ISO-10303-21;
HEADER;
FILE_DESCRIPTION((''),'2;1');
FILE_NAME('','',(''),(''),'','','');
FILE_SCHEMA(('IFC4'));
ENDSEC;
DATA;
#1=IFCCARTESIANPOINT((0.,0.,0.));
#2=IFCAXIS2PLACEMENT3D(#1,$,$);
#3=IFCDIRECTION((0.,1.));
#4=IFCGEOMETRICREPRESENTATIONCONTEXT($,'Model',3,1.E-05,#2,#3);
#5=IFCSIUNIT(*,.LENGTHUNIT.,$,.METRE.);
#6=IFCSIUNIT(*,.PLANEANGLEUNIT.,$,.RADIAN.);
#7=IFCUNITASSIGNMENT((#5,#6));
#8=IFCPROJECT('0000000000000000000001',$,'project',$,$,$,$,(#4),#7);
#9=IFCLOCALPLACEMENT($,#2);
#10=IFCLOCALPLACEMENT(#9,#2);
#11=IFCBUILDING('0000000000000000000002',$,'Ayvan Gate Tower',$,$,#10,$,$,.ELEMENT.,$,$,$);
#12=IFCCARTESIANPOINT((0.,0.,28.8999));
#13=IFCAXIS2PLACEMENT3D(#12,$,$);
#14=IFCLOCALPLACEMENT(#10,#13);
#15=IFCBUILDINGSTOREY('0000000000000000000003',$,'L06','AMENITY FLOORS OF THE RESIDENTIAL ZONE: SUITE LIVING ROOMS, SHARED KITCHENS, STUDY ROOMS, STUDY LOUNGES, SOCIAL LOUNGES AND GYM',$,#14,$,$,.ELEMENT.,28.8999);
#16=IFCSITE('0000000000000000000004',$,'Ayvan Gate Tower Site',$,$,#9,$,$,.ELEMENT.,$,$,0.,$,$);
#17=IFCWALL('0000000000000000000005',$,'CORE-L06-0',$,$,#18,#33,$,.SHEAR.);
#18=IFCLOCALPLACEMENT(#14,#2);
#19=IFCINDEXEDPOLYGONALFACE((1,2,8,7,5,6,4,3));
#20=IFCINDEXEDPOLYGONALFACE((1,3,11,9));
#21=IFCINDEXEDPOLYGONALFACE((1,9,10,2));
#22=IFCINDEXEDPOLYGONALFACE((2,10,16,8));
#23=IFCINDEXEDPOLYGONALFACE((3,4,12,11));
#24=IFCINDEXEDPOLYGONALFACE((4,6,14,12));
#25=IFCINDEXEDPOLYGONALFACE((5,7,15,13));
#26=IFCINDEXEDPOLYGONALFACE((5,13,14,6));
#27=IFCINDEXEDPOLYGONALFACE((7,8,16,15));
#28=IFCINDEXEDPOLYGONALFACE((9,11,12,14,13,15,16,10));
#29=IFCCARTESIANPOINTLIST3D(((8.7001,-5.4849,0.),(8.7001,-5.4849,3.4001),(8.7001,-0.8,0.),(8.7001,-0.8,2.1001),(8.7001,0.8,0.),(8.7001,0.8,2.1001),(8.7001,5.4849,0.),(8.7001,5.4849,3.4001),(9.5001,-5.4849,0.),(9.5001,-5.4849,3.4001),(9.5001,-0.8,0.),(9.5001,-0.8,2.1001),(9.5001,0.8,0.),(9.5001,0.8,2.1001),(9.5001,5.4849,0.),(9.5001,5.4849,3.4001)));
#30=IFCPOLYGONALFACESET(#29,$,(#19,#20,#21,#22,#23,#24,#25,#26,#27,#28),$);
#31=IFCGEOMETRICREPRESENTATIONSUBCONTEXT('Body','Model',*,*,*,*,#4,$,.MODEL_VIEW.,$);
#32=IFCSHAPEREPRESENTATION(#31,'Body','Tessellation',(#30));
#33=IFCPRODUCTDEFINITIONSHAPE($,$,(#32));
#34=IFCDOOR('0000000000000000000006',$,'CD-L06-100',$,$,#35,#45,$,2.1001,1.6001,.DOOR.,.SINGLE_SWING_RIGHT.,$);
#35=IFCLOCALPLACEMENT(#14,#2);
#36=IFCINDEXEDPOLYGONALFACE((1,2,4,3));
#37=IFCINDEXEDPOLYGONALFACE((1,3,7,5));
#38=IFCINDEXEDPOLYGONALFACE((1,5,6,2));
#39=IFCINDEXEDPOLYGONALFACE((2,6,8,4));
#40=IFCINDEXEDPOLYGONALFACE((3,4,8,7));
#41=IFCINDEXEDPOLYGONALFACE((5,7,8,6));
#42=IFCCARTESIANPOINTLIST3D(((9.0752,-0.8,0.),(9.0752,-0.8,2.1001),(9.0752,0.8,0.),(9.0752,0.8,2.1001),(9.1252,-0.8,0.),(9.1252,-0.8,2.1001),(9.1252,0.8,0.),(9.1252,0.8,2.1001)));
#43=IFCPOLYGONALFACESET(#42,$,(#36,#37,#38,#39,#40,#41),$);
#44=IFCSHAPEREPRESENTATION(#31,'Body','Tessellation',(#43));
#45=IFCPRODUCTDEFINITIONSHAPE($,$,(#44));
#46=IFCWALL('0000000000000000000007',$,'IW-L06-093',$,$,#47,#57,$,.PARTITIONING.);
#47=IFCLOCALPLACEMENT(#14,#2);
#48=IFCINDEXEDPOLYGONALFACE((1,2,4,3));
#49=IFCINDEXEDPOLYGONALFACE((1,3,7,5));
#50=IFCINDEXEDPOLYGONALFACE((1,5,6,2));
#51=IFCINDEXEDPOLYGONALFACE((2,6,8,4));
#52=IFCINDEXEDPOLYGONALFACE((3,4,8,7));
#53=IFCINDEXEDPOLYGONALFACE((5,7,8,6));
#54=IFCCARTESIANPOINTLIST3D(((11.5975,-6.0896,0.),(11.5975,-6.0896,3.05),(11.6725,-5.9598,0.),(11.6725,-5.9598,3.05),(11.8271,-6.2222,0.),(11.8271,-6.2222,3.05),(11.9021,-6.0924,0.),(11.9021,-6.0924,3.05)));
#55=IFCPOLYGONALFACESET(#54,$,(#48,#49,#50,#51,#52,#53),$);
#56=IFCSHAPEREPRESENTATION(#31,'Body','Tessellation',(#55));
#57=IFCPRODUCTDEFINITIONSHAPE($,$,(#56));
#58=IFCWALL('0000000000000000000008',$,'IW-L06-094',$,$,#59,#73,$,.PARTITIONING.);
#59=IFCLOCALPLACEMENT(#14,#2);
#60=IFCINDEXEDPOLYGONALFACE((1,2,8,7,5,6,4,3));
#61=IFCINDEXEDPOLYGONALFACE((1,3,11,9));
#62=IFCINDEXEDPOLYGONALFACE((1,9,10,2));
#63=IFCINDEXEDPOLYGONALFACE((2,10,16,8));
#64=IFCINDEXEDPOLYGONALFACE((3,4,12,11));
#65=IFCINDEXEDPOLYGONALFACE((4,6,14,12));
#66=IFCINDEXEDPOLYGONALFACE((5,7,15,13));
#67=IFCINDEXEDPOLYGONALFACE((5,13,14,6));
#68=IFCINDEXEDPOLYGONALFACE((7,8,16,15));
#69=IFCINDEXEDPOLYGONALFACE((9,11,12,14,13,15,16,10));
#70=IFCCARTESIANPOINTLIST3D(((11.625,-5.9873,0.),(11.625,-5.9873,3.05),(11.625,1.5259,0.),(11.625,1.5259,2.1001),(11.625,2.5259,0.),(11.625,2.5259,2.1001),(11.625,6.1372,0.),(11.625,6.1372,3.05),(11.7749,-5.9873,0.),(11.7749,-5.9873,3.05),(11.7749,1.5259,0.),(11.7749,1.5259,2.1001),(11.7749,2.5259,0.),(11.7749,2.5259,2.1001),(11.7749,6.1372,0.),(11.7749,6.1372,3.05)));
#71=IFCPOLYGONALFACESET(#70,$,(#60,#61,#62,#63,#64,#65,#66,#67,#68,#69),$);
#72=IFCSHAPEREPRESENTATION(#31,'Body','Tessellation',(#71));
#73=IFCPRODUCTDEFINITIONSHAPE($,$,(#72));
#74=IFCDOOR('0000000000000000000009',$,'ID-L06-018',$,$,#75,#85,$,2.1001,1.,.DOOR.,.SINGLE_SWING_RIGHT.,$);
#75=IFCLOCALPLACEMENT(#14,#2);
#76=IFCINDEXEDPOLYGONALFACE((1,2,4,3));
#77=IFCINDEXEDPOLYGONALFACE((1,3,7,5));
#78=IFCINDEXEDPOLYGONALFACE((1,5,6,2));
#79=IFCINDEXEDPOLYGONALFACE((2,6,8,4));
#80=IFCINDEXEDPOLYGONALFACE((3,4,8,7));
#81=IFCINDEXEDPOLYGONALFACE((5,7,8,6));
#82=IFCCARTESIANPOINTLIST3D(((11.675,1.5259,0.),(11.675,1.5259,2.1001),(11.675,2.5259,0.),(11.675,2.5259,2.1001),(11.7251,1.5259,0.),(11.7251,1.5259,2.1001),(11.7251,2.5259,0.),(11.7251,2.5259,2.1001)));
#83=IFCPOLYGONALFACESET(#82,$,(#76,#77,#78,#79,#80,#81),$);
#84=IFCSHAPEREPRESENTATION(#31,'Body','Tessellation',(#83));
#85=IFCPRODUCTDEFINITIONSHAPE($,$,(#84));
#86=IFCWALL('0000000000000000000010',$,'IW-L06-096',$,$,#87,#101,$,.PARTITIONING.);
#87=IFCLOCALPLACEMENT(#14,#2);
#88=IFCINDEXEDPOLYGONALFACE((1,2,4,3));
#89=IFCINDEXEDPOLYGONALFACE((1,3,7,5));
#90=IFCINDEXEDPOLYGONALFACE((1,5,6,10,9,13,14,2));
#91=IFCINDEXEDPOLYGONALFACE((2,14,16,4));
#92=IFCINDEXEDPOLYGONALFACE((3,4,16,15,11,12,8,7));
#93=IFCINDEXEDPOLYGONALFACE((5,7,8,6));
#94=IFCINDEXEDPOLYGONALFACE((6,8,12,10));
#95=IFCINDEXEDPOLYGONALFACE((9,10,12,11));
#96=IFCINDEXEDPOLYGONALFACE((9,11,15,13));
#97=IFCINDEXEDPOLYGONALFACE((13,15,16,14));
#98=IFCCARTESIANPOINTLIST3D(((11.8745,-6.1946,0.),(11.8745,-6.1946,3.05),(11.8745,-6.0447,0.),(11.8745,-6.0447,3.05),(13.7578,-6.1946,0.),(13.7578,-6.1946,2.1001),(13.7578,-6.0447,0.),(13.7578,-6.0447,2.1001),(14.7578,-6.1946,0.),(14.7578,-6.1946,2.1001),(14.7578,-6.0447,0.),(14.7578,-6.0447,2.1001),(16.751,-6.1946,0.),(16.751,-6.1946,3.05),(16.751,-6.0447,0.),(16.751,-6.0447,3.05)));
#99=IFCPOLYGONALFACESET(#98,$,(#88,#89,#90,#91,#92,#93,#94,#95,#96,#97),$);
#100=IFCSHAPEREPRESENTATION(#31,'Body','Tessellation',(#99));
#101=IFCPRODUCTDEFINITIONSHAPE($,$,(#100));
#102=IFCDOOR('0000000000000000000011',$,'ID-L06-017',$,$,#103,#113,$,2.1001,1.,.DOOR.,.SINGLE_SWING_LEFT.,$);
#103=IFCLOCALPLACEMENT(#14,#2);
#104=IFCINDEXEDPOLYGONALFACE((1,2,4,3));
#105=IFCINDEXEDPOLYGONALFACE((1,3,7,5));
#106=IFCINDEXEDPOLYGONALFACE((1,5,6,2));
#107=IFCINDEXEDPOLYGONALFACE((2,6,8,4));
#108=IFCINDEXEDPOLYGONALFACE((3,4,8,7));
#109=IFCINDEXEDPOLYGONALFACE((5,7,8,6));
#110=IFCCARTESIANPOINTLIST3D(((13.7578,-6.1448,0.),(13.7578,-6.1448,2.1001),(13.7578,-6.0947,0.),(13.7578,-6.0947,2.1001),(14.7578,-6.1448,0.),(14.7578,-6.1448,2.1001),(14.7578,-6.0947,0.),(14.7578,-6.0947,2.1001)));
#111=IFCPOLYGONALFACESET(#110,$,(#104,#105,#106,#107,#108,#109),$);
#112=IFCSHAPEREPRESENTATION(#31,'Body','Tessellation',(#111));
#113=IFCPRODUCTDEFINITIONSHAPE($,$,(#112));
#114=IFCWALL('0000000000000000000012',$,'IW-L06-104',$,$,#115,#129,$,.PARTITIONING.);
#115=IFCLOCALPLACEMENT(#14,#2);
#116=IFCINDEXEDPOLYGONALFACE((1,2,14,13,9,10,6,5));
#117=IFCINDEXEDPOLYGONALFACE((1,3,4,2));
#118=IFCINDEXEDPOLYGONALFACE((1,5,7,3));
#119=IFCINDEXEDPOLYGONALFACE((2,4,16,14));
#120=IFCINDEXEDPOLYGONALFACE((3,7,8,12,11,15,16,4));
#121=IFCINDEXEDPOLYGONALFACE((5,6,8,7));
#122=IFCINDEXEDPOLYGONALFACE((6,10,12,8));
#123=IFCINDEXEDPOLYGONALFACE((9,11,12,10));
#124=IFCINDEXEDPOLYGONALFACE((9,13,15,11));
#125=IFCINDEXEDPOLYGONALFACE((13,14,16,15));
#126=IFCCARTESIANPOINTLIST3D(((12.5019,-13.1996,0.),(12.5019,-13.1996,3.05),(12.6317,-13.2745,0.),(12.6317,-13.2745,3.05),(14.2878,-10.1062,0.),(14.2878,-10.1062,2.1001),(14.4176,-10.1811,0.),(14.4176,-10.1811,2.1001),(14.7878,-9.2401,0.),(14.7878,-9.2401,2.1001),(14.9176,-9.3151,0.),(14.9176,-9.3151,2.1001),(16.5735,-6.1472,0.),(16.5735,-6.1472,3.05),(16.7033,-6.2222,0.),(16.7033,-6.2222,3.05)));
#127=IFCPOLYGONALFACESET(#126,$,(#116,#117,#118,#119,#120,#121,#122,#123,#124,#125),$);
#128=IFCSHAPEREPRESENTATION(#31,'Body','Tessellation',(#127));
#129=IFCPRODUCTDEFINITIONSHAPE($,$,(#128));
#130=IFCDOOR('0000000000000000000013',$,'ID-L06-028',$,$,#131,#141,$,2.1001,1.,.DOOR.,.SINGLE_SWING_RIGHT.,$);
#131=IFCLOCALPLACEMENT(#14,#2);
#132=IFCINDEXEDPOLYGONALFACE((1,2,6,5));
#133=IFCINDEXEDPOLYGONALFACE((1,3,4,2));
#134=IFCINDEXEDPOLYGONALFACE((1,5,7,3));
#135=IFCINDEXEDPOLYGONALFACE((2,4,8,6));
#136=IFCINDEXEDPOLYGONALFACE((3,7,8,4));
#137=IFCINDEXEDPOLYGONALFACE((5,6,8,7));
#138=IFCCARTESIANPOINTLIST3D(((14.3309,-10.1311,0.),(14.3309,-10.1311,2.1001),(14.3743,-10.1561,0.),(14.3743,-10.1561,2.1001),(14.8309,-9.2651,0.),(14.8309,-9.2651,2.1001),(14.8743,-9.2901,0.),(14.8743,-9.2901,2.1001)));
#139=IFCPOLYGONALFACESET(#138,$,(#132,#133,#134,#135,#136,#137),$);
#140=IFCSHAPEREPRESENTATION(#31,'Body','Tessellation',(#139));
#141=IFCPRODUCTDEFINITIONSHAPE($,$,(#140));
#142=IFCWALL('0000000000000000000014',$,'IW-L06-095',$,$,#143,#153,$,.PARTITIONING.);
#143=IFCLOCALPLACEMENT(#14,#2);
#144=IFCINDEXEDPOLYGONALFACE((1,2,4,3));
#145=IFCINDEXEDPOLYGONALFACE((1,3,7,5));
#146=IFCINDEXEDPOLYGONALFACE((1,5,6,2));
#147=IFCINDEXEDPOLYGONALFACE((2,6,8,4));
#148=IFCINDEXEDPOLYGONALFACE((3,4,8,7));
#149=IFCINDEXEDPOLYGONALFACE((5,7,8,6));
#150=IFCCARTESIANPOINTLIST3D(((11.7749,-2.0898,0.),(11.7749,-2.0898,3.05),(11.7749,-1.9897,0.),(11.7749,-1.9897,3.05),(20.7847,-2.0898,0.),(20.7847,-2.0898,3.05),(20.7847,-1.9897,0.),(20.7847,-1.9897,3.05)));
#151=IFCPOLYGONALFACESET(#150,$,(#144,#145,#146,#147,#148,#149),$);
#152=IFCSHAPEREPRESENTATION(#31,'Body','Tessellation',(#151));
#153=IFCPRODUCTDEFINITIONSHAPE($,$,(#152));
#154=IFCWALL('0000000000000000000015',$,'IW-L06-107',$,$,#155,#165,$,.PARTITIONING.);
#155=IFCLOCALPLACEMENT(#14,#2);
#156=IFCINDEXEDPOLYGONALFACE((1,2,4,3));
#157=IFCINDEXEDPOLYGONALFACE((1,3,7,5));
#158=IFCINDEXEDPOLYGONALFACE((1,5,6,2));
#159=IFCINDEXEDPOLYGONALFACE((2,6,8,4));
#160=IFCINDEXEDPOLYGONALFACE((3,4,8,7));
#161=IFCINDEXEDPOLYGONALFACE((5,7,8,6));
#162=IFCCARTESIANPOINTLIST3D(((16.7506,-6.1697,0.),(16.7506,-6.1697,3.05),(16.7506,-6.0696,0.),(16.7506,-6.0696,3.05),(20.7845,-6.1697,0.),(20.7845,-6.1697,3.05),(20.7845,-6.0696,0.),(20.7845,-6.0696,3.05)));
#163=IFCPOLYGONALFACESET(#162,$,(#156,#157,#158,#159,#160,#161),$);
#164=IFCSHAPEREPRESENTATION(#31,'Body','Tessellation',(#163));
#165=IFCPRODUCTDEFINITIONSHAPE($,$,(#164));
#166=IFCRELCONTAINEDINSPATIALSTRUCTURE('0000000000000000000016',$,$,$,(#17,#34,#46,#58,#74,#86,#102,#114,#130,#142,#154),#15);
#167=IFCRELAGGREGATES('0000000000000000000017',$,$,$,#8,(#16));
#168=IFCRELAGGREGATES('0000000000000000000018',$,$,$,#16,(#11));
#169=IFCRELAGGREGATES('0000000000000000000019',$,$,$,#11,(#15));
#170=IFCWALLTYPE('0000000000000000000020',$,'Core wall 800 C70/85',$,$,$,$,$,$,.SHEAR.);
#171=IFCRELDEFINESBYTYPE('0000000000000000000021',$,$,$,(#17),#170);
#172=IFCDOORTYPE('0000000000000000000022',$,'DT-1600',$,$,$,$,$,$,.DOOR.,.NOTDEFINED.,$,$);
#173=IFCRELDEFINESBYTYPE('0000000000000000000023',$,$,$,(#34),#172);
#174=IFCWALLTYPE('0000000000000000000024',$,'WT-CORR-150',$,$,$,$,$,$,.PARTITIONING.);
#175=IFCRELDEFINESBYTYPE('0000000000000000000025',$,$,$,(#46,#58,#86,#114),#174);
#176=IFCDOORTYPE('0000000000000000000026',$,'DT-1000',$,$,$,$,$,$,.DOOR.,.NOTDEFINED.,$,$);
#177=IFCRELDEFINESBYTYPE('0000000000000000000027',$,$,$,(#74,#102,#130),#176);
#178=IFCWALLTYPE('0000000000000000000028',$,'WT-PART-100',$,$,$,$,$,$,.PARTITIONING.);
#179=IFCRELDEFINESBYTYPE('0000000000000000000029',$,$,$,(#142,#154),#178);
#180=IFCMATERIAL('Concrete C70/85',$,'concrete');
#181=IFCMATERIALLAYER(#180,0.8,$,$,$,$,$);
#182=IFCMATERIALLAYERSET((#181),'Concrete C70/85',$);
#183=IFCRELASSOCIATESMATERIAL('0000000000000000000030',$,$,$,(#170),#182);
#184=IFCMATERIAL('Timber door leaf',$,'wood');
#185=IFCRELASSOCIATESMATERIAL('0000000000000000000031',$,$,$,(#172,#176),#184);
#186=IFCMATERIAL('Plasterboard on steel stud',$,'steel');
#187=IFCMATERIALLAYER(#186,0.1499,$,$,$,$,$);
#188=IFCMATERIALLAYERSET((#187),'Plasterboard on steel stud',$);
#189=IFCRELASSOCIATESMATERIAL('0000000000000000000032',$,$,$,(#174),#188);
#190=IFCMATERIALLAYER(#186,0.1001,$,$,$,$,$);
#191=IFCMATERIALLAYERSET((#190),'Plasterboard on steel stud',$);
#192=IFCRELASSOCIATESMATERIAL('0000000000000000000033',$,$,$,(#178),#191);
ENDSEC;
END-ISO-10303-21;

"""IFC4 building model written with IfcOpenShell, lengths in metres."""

from ifc_helpers import new_model, si_unit, direction, frame, frame_2d, origin, place, context, subcontext, project, spatial, rectangle, extrude, material, layer, layer_set, type_object, element, fill, save


model = new_model("IFC4")

# Units and contexts
model_context = context("Model", 3, precision=1e-05, world=origin(), true_north=direction((0.0, 1.0)))
body_context = subcontext(model_context, "Body", "Model", "MODEL_VIEW")
ifc_project = project(units=[si_unit("LENGTHUNIT", "METRE"), si_unit("PLANEANGLEUNIT", "RADIAN")], contexts=[model_context])

# Site, building, storey
site_placement = place(None, origin())
site = spatial("IfcSite", under=ifc_project, at=site_placement, Name="Ayvan Gate Tower Site", CompositionType="ELEMENT", RefElevation=0.0)
building_placement = place(site_placement, origin())
building = spatial("IfcBuilding", under=site, at=building_placement, Name="Ayvan Gate Tower", CompositionType="ELEMENT")
storey_placement = place(building_placement, frame((0.0, 0.0, 28.8999)))
storey = spatial("IfcBuildingStorey", under=building, at=storey_placement, Name="L06", Description="AMENITY FLOORS OF THE RESIDENTIAL ZONE: SUITE LIVING ROOMS, SHARED KITCHENS, STUDY ROOMS, STUDY LOUNGES, SOCIAL LOUNGES AND GYM", CompositionType="ELEMENT", Elevation=28.8999)

# Shared definitions
ifc_material_1 = material(Name="Concrete C70/85", Category="concrete")

# Wall, opening, door
ifc_layer_1 = layer(ifc_material_1, 0.8)
ifc_layer_set_1 = layer_set([ifc_layer_1], Name="Concrete C70/85")
wall_type_1 = type_object("IfcWallType", Name="Core wall 800 C70/85", PredefinedType="SHEAR", material=ifc_layer_set_1)
wall_1_placement = place(storey_placement, frame((9.1001, -5.4849, 0.0), z_axis=(0.0, 0.0, 1.0), x_axis=(0.0, 1.0, 0.0)))
wall_1 = element("IfcWall", 1, at=wall_1_placement, inside=storey, type_object=wall_type_1, Name="CORE-L06-0", PredefinedType="SHEAR", context=body_context, shape_type="SweptSolid", body=[
    extrude(rectangle(XDim=10.9697, YDim=0.8, at=frame_2d((5.4849, 0.0))), origin(), (0.0, 0.0, 1.0), 3.4001),
])
opening_1_placement = place(wall_1_placement, frame((4.6848, 0.0, 0.0)))
opening_1 = element("IfcOpeningElement", 2, at=opening_1_placement, cuts=wall_1, PredefinedType="OPENING", context=body_context, shape_type="SweptSolid", body=[
    extrude(rectangle(XDim=1.6001, YDim=2.1001, at=frame_2d((0.8, 1.05))), frame((0.0, 0.4099, 0.0), z_axis=(0.0, -1.0, 0.0), x_axis=(1.0, 0.0, 0.0)), (0.0, 0.0, 1.0), 0.8201),
])
ifc_material_2 = material(Name="Timber door leaf", Category="wood")
door_type_1 = type_object("IfcDoorType", Name="DT-1600", OperationType="NOTDEFINED", PredefinedType="DOOR", material=ifc_material_2)
door_1_placement = place(opening_1_placement, origin())
door_1 = element("IfcDoor", 3, at=door_1_placement, inside=storey, type_object=door_type_1, Name="CD-L06-100", OperationType="SINGLE_SWING_RIGHT", OverallHeight=2.1001, OverallWidth=1.6001, PredefinedType="DOOR", context=body_context, shape_type="SweptSolid", body=[
    extrude(rectangle(XDim=1.6001, YDim=2.1001, at=frame_2d((0.8, 1.05))), frame((0.0, 0.0249, 0.0), z_axis=(0.0, -1.0, 0.0), x_axis=(1.0, 0.0, 0.0)), (0.0, 0.0, 1.0), 0.05),
])
fill(opening_1, door_1)

# Wall
ifc_material_3 = material(Name="Plasterboard on steel stud", Category="steel")
ifc_layer_2 = layer(ifc_material_3, 0.1499)
ifc_layer_set_2 = layer_set([ifc_layer_2], Name="Plasterboard on steel stud")
wall_type_2 = type_object("IfcWallType", Name="WT-CORR-150", PredefinedType="PARTITIONING", material=ifc_layer_set_2)
wall_2_placement = place(storey_placement, frame((11.635, -6.0247, 0.0), z_axis=(0.0, 0.0, 1.0), x_axis=(0.865909, -0.500201, 0.0)))
element("IfcWall", 4, at=wall_2_placement, inside=storey, type_object=wall_type_2, Name="IW-L06-093", PredefinedType="PARTITIONING", context=body_context, shape_type="SweptSolid", body=[
    extrude(rectangle(XDim=0.2651, YDim=0.1499, at=frame_2d((0.1326, 0.0))), origin(), (0.0, 0.0, 1.0), 3.05),
])

# Walls, openings, doors
wall_3_placement = place(storey_placement, frame((11.7, -5.9873, 0.0), z_axis=(0.0, 0.0, 1.0), x_axis=(0.0, 1.0, 0.0)))
wall_3 = element("IfcWall", 5, at=wall_3_placement, inside=storey, type_object=wall_type_2, Name="IW-L06-094", PredefinedType="PARTITIONING", context=body_context, shape_type="SweptSolid", body=[
    extrude(rectangle(XDim=12.1245, YDim=0.1499, at=frame_2d((6.0623, 0.0))), origin(), (0.0, 0.0, 1.0), 3.05),
])
opening_2_placement = place(wall_3_placement, frame((7.5132, 0.0, 0.0)))
opening_2 = element("IfcOpeningElement", 6, at=opening_2_placement, cuts=wall_3, PredefinedType="OPENING", context=body_context, shape_type="SweptSolid", body=[
    extrude(rectangle(XDim=1.0, YDim=2.1001, at=frame_2d((0.5, 1.05))), frame((0.0, 0.085, 0.0), z_axis=(0.0, -1.0, 0.0), x_axis=(1.0, 0.0, 0.0)), (0.0, 0.0, 1.0), 0.1699),
])
door_type_2 = type_object("IfcDoorType", Name="DT-1000", OperationType="NOTDEFINED", PredefinedType="DOOR", material=ifc_material_2)
door_2_placement = place(opening_2_placement, origin())
door_2 = element("IfcDoor", 7, at=door_2_placement, inside=storey, type_object=door_type_2, Name="ID-L06-018", OperationType="SINGLE_SWING_RIGHT", OverallHeight=2.1001, OverallWidth=1.0, PredefinedType="DOOR", context=body_context, shape_type="SweptSolid", body=[
    extrude(rectangle(XDim=1.0, YDim=2.1001, at=frame_2d((0.5, 1.05))), frame((0.0, 0.0249, 0.0), z_axis=(0.0, -1.0, 0.0), x_axis=(1.0, 0.0, 0.0)), (0.0, 0.0, 1.0), 0.05),
])
fill(opening_2, door_2)
wall_4_placement = place(storey_placement, frame((11.8745, -6.1196, 0.0), z_axis=(0.0, 0.0, 1.0), x_axis=(1.0, 0.0, 0.0)))
wall_4 = element("IfcWall", 8, at=wall_4_placement, inside=storey, type_object=wall_type_2, Name="IW-L06-096", PredefinedType="PARTITIONING", context=body_context, shape_type="SweptSolid", body=[
    extrude(rectangle(XDim=4.8765, YDim=0.1499, at=frame_2d((2.4382, 0.0))), origin(), (0.0, 0.0, 1.0), 3.05),
])
opening_3_placement = place(wall_4_placement, frame((1.8833, 0.0, 0.0)))
opening_3 = element("IfcOpeningElement", 9, at=opening_3_placement, cuts=wall_4, PredefinedType="OPENING", context=body_context, shape_type="SweptSolid", body=[
    extrude(rectangle(XDim=1.0, YDim=2.1001, at=frame_2d((0.5, 1.05))), frame((0.0, 0.085, 0.0), z_axis=(0.0, -1.0, 0.0), x_axis=(1.0, 0.0, 0.0)), (0.0, 0.0, 1.0), 0.1699),
])
door_3_placement = place(opening_3_placement, origin())
door_3 = element("IfcDoor", 10, at=door_3_placement, inside=storey, type_object=door_type_2, Name="ID-L06-017", OperationType="SINGLE_SWING_LEFT", OverallHeight=2.1001, OverallWidth=1.0, PredefinedType="DOOR", context=body_context, shape_type="SweptSolid", body=[
    extrude(rectangle(XDim=1.0, YDim=2.1001, at=frame_2d((0.5, 1.05))), frame((0.0, 0.0249, 0.0), z_axis=(0.0, -1.0, 0.0), x_axis=(1.0, 0.0, 0.0)), (0.0, 0.0, 1.0), 0.05),
])
fill(opening_3, door_3)
wall_5_placement = place(storey_placement, frame((16.6384, -6.1846, 0.0), z_axis=(0.0, 0.0, 1.0), x_axis=(-0.499992, -0.86603, 0.0)))
wall_5 = element("IfcWall", 11, at=wall_5_placement, inside=storey, type_object=wall_type_2, Name="IW-L06-104", PredefinedType="PARTITIONING", context=body_context, shape_type="SweptSolid", body=[
    extrude(rectangle(XDim=8.1433, YDim=0.1499, at=frame_2d((4.0718, 0.0))), origin(), (0.0, 0.0, 1.0), 3.05),
])
opening_4_placement = place(wall_5_placement, frame((3.5715, 0.0, 0.0)))
opening_4 = element("IfcOpeningElement", 12, at=opening_4_placement, cuts=wall_5, PredefinedType="OPENING", context=body_context, shape_type="SweptSolid", body=[
    extrude(rectangle(XDim=1.0, YDim=2.1001, at=frame_2d((0.5, 1.05))), frame((0.0, 0.085, 0.0), z_axis=(0.0, -1.0, 0.0), x_axis=(1.0, 0.0, 0.0)), (0.0, 0.0, 1.0), 0.1699),
])
door_4_placement = place(opening_4_placement, origin())
door_4 = element("IfcDoor", 13, at=door_4_placement, inside=storey, type_object=door_type_2, Name="ID-L06-028", OperationType="SINGLE_SWING_RIGHT", OverallHeight=2.1001, OverallWidth=1.0, PredefinedType="DOOR", context=body_context, shape_type="SweptSolid", body=[
    extrude(rectangle(XDim=1.0, YDim=2.1001, at=frame_2d((0.5, 1.05))), frame((0.0, 0.0249, 0.0), z_axis=(0.0, -1.0, 0.0), x_axis=(1.0, 0.0, 0.0)), (0.0, 0.0, 1.0), 0.05),
])
fill(opening_4, door_4)

# Walls
ifc_layer_3 = layer(ifc_material_3, 0.1001)
ifc_layer_set_3 = layer_set([ifc_layer_3], Name="Plasterboard on steel stud")
wall_type_3 = type_object("IfcWallType", Name="WT-PART-100", PredefinedType="PARTITIONING", material=ifc_layer_set_3)
wall_6_placement = place(storey_placement, frame((11.7749, -2.0398, 0.0), z_axis=(0.0, 0.0, 1.0), x_axis=(1.0, 0.0, 0.0)))
element("IfcWall", 14, at=wall_6_placement, inside=storey, type_object=wall_type_3, Name="IW-L06-095", PredefinedType="PARTITIONING", context=body_context, shape_type="SweptSolid", body=[
    extrude(rectangle(XDim=9.0098, YDim=0.1001, at=frame_2d((4.5049, 0.0))), origin(), (0.0, 0.0, 1.0), 3.05),
])
wall_7_placement = place(storey_placement, frame((20.7847, -6.1196, 0.0), z_axis=(0.0, 0.0, 1.0), x_axis=(-1.0, 0.0, 0.0)))
element("IfcWall", 15, at=wall_7_placement, inside=storey, type_object=wall_type_3, Name="IW-L06-107", PredefinedType="PARTITIONING", context=body_context, shape_type="SweptSolid", body=[
    extrude(rectangle(XDim=4.0339, YDim=0.1001, at=frame_2d((2.0171, 0.0))), origin(), (0.0, 0.0, 1.0), 3.05),
])

save(model, "model.ifc")
